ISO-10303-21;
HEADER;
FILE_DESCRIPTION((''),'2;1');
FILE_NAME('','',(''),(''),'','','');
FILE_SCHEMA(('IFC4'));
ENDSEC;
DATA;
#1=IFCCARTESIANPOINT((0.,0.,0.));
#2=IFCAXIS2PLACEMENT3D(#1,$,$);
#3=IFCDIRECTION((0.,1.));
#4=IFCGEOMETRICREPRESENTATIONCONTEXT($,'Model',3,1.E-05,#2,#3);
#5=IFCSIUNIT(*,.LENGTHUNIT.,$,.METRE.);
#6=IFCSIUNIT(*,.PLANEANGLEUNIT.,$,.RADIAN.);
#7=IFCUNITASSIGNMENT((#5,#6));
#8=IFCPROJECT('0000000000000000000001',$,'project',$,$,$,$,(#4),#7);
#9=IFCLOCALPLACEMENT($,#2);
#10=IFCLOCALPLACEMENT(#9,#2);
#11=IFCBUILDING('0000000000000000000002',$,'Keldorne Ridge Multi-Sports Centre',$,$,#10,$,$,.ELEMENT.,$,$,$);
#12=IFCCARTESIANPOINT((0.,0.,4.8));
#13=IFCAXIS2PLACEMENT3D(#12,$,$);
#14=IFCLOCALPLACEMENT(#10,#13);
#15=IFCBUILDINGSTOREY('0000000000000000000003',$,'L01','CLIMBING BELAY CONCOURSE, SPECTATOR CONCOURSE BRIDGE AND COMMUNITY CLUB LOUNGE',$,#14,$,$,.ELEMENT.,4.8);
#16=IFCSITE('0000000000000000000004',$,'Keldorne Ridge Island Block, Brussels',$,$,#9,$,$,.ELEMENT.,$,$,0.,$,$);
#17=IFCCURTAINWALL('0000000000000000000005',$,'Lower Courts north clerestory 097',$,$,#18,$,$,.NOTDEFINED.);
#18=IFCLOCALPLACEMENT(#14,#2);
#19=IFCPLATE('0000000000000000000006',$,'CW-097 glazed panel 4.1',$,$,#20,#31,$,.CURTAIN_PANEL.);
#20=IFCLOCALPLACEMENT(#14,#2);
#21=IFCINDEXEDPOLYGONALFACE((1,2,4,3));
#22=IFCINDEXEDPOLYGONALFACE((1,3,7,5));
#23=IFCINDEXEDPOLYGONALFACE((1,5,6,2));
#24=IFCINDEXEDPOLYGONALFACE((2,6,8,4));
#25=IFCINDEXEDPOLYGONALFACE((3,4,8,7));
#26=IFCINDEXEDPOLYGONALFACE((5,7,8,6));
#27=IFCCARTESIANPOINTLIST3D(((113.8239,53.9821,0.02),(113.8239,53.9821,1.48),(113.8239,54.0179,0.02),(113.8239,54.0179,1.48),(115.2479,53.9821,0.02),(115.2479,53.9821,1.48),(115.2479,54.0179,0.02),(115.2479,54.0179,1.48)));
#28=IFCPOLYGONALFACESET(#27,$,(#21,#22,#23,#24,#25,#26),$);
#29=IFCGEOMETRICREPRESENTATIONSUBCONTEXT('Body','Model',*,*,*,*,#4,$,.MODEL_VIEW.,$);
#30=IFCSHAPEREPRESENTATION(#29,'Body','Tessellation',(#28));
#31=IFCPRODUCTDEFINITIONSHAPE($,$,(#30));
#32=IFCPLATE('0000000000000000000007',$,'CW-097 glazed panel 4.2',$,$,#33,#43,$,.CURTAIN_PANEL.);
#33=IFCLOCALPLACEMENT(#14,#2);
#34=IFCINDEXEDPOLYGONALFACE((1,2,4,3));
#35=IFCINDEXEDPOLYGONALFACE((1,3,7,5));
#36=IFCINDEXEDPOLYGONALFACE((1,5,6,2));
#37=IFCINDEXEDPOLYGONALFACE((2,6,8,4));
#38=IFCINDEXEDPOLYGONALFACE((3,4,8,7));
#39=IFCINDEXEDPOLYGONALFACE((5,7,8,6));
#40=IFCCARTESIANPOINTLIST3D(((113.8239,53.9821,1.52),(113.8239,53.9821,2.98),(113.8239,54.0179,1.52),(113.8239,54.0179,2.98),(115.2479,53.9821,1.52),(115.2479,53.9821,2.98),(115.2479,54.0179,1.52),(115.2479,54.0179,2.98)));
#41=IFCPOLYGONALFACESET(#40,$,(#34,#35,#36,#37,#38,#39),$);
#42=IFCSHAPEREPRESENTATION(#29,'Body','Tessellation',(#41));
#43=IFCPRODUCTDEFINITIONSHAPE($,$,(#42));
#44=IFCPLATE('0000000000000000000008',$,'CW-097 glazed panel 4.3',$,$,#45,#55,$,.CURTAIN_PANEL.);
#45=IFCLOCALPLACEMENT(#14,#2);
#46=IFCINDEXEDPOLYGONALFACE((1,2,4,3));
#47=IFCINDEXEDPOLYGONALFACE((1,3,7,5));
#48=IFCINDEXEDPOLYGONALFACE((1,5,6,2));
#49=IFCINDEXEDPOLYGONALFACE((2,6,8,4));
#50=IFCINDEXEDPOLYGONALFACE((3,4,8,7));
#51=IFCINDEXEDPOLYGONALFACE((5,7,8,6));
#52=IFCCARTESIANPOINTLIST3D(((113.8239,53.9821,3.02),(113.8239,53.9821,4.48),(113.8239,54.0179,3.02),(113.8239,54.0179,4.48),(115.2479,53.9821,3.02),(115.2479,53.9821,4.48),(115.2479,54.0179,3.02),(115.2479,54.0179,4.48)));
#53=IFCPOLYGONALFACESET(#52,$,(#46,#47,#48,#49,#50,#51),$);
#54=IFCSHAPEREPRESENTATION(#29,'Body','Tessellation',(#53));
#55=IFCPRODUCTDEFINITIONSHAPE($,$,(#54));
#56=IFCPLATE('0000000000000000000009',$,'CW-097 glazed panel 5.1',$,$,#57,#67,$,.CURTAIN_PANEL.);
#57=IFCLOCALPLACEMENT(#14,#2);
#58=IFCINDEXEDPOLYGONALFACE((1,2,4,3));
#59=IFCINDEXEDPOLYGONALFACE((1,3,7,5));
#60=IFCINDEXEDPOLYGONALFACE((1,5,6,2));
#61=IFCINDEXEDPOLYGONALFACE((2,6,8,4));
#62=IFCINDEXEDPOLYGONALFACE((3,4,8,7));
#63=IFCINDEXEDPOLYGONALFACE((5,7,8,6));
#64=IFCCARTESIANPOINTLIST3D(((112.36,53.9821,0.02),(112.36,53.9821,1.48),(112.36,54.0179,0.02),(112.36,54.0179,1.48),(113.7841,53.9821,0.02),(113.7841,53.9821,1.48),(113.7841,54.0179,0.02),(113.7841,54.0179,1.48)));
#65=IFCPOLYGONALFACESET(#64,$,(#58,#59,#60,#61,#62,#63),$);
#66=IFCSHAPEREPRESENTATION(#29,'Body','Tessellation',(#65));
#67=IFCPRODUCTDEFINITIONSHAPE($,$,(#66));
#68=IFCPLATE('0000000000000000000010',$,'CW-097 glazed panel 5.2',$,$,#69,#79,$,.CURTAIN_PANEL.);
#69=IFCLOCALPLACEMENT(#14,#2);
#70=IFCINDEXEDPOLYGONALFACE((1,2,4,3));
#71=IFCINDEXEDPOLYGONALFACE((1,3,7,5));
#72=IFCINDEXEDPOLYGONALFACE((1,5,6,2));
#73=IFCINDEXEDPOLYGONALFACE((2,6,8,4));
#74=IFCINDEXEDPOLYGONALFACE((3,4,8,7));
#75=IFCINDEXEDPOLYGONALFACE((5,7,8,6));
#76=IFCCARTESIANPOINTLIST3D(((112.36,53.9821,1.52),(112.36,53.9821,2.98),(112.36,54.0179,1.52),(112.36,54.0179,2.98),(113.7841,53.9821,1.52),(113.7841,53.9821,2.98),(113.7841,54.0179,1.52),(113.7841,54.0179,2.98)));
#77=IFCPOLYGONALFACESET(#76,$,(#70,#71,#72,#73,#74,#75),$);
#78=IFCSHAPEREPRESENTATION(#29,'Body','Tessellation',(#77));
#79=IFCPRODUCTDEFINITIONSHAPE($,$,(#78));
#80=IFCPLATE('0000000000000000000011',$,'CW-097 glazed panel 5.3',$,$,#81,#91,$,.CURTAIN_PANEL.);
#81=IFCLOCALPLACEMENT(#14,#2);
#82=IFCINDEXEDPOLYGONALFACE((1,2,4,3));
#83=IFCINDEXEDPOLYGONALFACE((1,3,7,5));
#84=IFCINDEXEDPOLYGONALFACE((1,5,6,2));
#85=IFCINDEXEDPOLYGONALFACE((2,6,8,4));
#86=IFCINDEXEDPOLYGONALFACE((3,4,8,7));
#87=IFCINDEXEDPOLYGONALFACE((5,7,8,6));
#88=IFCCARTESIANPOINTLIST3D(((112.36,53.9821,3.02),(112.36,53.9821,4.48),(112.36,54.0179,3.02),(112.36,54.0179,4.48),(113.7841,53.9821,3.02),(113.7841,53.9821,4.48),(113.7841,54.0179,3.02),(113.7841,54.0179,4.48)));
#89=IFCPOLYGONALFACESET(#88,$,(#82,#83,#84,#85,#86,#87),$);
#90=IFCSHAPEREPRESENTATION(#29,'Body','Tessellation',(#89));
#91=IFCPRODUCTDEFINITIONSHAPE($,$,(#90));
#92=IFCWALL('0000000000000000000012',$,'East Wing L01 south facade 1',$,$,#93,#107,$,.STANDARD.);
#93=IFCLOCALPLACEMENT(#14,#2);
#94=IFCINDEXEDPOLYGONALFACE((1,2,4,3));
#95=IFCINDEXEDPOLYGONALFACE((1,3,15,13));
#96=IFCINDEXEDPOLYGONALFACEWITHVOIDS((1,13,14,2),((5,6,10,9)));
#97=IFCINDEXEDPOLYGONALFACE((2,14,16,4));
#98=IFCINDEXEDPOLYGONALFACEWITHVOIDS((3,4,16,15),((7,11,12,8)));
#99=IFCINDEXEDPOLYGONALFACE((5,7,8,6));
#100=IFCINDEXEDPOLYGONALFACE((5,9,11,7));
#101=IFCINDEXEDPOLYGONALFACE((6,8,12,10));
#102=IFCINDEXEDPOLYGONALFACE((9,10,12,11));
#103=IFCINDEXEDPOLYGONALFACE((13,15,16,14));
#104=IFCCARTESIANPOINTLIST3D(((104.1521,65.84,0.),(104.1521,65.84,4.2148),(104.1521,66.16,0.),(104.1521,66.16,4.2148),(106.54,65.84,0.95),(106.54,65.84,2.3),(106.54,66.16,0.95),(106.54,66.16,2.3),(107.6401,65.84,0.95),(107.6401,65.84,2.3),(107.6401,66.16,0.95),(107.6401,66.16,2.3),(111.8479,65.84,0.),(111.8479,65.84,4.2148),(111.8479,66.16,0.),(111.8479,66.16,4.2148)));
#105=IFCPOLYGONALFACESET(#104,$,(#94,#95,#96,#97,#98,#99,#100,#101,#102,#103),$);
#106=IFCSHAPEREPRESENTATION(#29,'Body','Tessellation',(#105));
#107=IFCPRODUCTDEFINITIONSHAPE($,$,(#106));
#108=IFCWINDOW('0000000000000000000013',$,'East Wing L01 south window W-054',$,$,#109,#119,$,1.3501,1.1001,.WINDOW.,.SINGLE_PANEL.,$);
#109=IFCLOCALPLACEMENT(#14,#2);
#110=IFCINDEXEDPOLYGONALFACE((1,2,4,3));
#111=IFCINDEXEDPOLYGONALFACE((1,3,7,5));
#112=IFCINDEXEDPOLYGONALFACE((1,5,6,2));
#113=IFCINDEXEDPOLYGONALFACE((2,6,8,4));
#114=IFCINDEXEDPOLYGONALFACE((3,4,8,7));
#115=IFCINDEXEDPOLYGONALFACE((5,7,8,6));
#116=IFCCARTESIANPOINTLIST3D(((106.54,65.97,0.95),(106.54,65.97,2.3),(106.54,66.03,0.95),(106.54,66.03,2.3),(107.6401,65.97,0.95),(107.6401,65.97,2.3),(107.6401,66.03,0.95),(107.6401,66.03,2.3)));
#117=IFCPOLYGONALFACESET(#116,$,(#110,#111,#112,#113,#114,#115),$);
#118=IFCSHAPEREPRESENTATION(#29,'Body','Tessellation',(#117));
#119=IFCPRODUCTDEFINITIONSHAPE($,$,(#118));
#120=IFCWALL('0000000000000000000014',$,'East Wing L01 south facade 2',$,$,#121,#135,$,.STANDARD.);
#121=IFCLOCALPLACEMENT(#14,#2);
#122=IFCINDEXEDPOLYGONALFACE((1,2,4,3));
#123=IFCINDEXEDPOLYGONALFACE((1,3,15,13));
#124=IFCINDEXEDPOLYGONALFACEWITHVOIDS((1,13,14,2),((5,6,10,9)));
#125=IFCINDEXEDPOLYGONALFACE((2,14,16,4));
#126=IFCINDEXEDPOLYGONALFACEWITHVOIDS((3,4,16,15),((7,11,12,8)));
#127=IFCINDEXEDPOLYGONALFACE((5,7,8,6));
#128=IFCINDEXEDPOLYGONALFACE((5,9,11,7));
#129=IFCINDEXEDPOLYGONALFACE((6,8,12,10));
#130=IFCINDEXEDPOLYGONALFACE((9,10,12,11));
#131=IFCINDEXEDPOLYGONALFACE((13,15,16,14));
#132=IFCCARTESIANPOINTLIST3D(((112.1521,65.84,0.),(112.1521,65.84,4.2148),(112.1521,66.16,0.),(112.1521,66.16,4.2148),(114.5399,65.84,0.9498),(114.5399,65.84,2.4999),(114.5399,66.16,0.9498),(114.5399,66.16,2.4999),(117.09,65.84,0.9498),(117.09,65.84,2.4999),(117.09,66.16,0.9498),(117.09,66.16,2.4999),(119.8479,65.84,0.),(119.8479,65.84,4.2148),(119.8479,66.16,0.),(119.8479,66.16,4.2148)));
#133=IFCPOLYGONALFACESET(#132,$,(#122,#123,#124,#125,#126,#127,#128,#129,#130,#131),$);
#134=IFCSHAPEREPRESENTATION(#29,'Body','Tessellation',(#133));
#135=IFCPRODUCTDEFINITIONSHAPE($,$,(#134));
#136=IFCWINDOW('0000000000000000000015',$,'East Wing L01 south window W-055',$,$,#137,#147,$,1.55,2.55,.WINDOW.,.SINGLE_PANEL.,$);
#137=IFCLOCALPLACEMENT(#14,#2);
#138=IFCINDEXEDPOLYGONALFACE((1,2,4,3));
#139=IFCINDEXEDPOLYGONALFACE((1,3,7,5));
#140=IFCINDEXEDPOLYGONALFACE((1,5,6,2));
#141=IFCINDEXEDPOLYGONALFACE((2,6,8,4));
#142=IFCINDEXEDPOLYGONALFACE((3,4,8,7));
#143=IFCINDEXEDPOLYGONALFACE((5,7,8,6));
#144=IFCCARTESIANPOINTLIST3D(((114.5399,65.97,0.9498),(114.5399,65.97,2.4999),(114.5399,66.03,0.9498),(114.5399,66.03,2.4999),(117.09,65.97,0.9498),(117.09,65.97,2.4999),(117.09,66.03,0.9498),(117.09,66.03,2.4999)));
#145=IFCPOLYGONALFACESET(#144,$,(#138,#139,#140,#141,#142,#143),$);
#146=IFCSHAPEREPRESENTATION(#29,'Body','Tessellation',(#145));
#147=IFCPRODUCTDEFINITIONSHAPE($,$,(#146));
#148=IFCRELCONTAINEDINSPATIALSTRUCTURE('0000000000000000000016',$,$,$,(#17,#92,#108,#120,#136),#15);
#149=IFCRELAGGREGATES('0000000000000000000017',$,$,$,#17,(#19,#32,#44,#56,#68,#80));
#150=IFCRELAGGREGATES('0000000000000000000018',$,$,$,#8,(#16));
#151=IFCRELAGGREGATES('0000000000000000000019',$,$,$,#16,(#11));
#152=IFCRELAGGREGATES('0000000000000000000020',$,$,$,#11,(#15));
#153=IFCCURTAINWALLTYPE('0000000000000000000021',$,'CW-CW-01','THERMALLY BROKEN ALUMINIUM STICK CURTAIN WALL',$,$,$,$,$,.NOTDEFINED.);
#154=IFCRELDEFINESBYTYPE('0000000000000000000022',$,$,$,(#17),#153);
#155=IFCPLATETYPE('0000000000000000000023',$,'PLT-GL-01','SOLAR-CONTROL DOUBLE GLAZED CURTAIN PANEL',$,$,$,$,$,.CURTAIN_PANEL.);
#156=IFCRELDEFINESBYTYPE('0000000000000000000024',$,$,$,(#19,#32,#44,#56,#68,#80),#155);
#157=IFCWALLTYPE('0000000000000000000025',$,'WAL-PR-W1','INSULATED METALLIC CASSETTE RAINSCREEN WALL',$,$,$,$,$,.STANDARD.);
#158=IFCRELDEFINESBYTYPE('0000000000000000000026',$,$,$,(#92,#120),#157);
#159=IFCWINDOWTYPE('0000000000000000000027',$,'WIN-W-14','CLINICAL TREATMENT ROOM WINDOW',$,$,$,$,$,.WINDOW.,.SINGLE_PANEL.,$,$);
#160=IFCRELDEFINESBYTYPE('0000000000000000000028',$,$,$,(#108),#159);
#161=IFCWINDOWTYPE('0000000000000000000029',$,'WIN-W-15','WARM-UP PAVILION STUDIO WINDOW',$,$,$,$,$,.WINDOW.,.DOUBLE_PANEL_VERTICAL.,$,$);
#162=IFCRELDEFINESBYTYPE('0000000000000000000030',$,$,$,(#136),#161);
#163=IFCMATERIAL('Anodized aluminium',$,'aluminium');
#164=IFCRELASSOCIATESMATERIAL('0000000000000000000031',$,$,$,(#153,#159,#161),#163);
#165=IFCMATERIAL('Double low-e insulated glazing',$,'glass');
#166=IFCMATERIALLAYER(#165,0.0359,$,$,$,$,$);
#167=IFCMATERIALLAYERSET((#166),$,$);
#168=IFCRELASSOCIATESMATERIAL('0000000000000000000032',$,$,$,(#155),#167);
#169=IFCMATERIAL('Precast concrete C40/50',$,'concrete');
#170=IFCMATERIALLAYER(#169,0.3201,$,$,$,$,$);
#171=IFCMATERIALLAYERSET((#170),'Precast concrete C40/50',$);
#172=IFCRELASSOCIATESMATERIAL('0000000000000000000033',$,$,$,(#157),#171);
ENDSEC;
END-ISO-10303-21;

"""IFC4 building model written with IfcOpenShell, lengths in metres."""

from ifc_helpers import new_model, si_unit, direction, frame, frame_2d, origin, origin_2d, place, context, subcontext, project, spatial, rectangle, extrude, material, layer, layer_set, type_object, element, fill, aggregate, save


model = new_model("IFC4")

# Units and contexts
model_context = context("Model", 3, precision=1e-05, world=origin(), true_north=direction((0.0, 1.0)))
body_context = subcontext(model_context, "Body", "Model", "MODEL_VIEW")
ifc_project = project(units=[si_unit("LENGTHUNIT", "METRE"), si_unit("PLANEANGLEUNIT", "RADIAN")], contexts=[model_context])

# Site, building, storey
site_placement = place(None, origin())
site = spatial("IfcSite", under=ifc_project, at=site_placement, Name="Keldorne Ridge Island Block, Brussels", CompositionType="ELEMENT", RefElevation=0.0)
building_placement = place(site_placement, origin())
building = spatial("IfcBuilding", under=site, at=building_placement, Name="Keldorne Ridge Multi-Sports Centre", CompositionType="ELEMENT")
storey_placement = place(building_placement, frame((0.0, 0.0, 4.8)))
storey = spatial("IfcBuildingStorey", under=building, at=storey_placement, Name="L01", Description="CLIMBING BELAY CONCOURSE, SPECTATOR CONCOURSE BRIDGE AND COMMUNITY CLUB LOUNGE", CompositionType="ELEMENT", Elevation=4.8)

# Curtain wall, plates
ifc_material_1 = material(Name="Anodized aluminium", Category="aluminium")
curtain_wall_type = type_object("IfcCurtainWallType", Name="CW-CW-01", Description="THERMALLY BROKEN ALUMINIUM STICK CURTAIN WALL", PredefinedType="NOTDEFINED", material=ifc_material_1)
curtain_wall_placement = place(storey_placement, origin())
curtain_wall = element("IfcCurtainWall", 1, at=curtain_wall_placement, inside=storey, type_object=curtain_wall_type, Name="Lower Courts north clerestory 097", PredefinedType="NOTDEFINED")
ifc_material_2 = material(Name="Double low-e insulated glazing", Category="glass")
ifc_layer_1 = layer(ifc_material_2, 0.0359)
ifc_layer_set_1 = layer_set([ifc_layer_1])
plate_type = type_object("IfcPlateType", Name="PLT-GL-01", Description="SOLAR-CONTROL DOUBLE GLAZED CURTAIN PANEL", PredefinedType="CURTAIN_PANEL", material=ifc_layer_set_1)
plate_1_placement = place(storey_placement, frame((114.5359, 54.0, 0.02), z_axis=(0.0, 0.0, 1.0), x_axis=(-1.0, 0.0, 0.0)))
plate_1 = element("IfcPlate", 2, at=plate_1_placement, type_object=plate_type, Name="CW-097 glazed panel 4.1", PredefinedType="CURTAIN_PANEL", context=body_context, shape_type="SweptSolid", body=[
    extrude(rectangle(XDim=1.4241, YDim=0.0359, at=origin_2d()), origin(), (0.0, 0.0, 1.0), 1.46),
])
plate_2_placement = place(storey_placement, frame((114.5359, 54.0, 1.52), z_axis=(0.0, 0.0, 1.0), x_axis=(-1.0, 0.0, 0.0)))
plate_2 = element("IfcPlate", 3, at=plate_2_placement, type_object=plate_type, Name="CW-097 glazed panel 4.2", PredefinedType="CURTAIN_PANEL", context=body_context, shape_type="SweptSolid", body=[
    extrude(rectangle(XDim=1.4241, YDim=0.0359, at=origin_2d()), origin(), (0.0, 0.0, 1.0), 1.46),
])
plate_3_placement = place(storey_placement, frame((114.5359, 54.0, 3.02), z_axis=(0.0, 0.0, 1.0), x_axis=(-1.0, 0.0, 0.0)))
plate_3 = element("IfcPlate", 4, at=plate_3_placement, type_object=plate_type, Name="CW-097 glazed panel 4.3", PredefinedType="CURTAIN_PANEL", context=body_context, shape_type="SweptSolid", body=[
    extrude(rectangle(XDim=1.4241, YDim=0.0359, at=origin_2d()), origin(), (0.0, 0.0, 1.0), 1.46),
])
plate_4_placement = place(storey_placement, frame((113.072, 54.0, 0.02), z_axis=(0.0, 0.0, 1.0), x_axis=(-1.0, 0.0, 0.0)))
plate_4 = element("IfcPlate", 5, at=plate_4_placement, type_object=plate_type, Name="CW-097 glazed panel 5.1", PredefinedType="CURTAIN_PANEL", context=body_context, shape_type="SweptSolid", body=[
    extrude(rectangle(XDim=1.4241, YDim=0.0359, at=origin_2d()), origin(), (0.0, 0.0, 1.0), 1.46),
])
plate_5_placement = place(storey_placement, frame((113.072, 54.0, 1.52), z_axis=(0.0, 0.0, 1.0), x_axis=(-1.0, 0.0, 0.0)))
plate_5 = element("IfcPlate", 6, at=plate_5_placement, type_object=plate_type, Name="CW-097 glazed panel 5.2", PredefinedType="CURTAIN_PANEL", context=body_context, shape_type="SweptSolid", body=[
    extrude(rectangle(XDim=1.4241, YDim=0.0359, at=origin_2d()), origin(), (0.0, 0.0, 1.0), 1.46),
])
plate_6_placement = place(storey_placement, frame((113.072, 54.0, 3.02), z_axis=(0.0, 0.0, 1.0), x_axis=(-1.0, 0.0, 0.0)))
plate_6 = element("IfcPlate", 7, at=plate_6_placement, type_object=plate_type, Name="CW-097 glazed panel 5.3", PredefinedType="CURTAIN_PANEL", context=body_context, shape_type="SweptSolid", body=[
    extrude(rectangle(XDim=1.4241, YDim=0.0359, at=origin_2d()), origin(), (0.0, 0.0, 1.0), 1.46),
])
aggregate(curtain_wall, [plate_1, plate_2, plate_3, plate_4, plate_5, plate_6])

# Walls, openings, windows
ifc_material_3 = material(Name="Precast concrete C40/50", Category="concrete")
ifc_layer_2 = layer(ifc_material_3, 0.3201)
ifc_layer_set_2 = layer_set([ifc_layer_2], Name="Precast concrete C40/50")
wall_type = type_object("IfcWallType", Name="WAL-PR-W1", Description="INSULATED METALLIC CASSETTE RAINSCREEN WALL", PredefinedType="STANDARD", material=ifc_layer_set_2)
wall_1_placement = place(storey_placement, frame((104.1521, 66.0, 0.0), z_axis=(0.0, 0.0, 1.0), x_axis=(1.0, 0.0, 0.0)))
wall_1 = element("IfcWall", 8, at=wall_1_placement, inside=storey, type_object=wall_type, Name="East Wing L01 south facade 1", PredefinedType="STANDARD", context=body_context, shape_type="SweptSolid", body=[
    extrude(rectangle(XDim=7.6958, YDim=0.3201, at=frame_2d((3.8479, 0.0))), origin(), (0.0, 0.0, 1.0), 4.2148),
])
opening_1_placement = place(wall_1_placement, frame((2.3879, 0.0, 0.95)))
opening_1 = element("IfcOpeningElement", 9, at=opening_1_placement, cuts=wall_1, PredefinedType="OPENING", context=body_context, shape_type="SweptSolid", body=[
    extrude(rectangle(XDim=1.1001, YDim=1.3501, at=frame_2d((0.55, 0.675))), frame((0.0, 0.1699, 0.0), z_axis=(0.0, -1.0, 0.0), x_axis=(1.0, 0.0, 0.0)), (0.0, 0.0, 1.0), 0.3401),
])
window_type_1 = type_object("IfcWindowType", Name="WIN-W-14", Description="CLINICAL TREATMENT ROOM WINDOW", PartitioningType="SINGLE_PANEL", PredefinedType="WINDOW", material=ifc_material_1)
window_1_placement = place(opening_1_placement, origin())
window_1 = element("IfcWindow", 10, at=window_1_placement, inside=storey, type_object=window_type_1, Name="East Wing L01 south window W-054", OverallHeight=1.3501, OverallWidth=1.1001, PartitioningType="SINGLE_PANEL", PredefinedType="WINDOW", context=body_context, shape_type="SweptSolid", body=[
    extrude(rectangle(XDim=1.1001, YDim=1.3501, at=frame_2d((0.55, 0.675))), frame((0.0, 0.03, 0.0), z_axis=(0.0, -1.0, 0.0), x_axis=(1.0, 0.0, 0.0)), (0.0, 0.0, 1.0), 0.0601),
])
fill(opening_1, window_1)
wall_2_placement = place(storey_placement, frame((112.1521, 66.0, 0.0), z_axis=(0.0, 0.0, 1.0), x_axis=(1.0, 0.0, 0.0)))
wall_2 = element("IfcWall", 11, at=wall_2_placement, inside=storey, type_object=wall_type, Name="East Wing L01 south facade 2", PredefinedType="STANDARD", context=body_context, shape_type="SweptSolid", body=[
    extrude(rectangle(XDim=7.6958, YDim=0.3201, at=frame_2d((3.8479, 0.0))), origin(), (0.0, 0.0, 1.0), 4.2148),
])
opening_2_placement = place(wall_2_placement, frame((2.3879, 0.0, 0.95)))
opening_2 = element("IfcOpeningElement", 12, at=opening_2_placement, cuts=wall_2, PredefinedType="OPENING", context=body_context, shape_type="SweptSolid", body=[
    extrude(rectangle(XDim=2.55, YDim=1.55, at=frame_2d((1.2749, 0.7749))), frame((0.0, 0.1699, 0.0), z_axis=(0.0, -1.0, 0.0), x_axis=(1.0, 0.0, 0.0)), (0.0, 0.0, 1.0), 0.3401),
])
window_type_2 = type_object("IfcWindowType", Name="WIN-W-15", Description="WARM-UP PAVILION STUDIO WINDOW", PartitioningType="DOUBLE_PANEL_VERTICAL", PredefinedType="WINDOW", material=ifc_material_1)
window_2_placement = place(opening_2_placement, origin())
window_2 = element("IfcWindow", 13, at=window_2_placement, inside=storey, type_object=window_type_2, Name="East Wing L01 south window W-055", OverallHeight=1.55, OverallWidth=2.55, PartitioningType="SINGLE_PANEL", PredefinedType="WINDOW", context=body_context, shape_type="SweptSolid", body=[
    extrude(rectangle(XDim=2.55, YDim=1.55, at=frame_2d((1.2749, 0.7749))), frame((0.0, 0.03, 0.0), z_axis=(0.0, -1.0, 0.0), x_axis=(1.0, 0.0, 0.0)), (0.0, 0.0, 1.0), 0.0601),
])
fill(opening_2, window_2)

save(model, "model.ifc")
